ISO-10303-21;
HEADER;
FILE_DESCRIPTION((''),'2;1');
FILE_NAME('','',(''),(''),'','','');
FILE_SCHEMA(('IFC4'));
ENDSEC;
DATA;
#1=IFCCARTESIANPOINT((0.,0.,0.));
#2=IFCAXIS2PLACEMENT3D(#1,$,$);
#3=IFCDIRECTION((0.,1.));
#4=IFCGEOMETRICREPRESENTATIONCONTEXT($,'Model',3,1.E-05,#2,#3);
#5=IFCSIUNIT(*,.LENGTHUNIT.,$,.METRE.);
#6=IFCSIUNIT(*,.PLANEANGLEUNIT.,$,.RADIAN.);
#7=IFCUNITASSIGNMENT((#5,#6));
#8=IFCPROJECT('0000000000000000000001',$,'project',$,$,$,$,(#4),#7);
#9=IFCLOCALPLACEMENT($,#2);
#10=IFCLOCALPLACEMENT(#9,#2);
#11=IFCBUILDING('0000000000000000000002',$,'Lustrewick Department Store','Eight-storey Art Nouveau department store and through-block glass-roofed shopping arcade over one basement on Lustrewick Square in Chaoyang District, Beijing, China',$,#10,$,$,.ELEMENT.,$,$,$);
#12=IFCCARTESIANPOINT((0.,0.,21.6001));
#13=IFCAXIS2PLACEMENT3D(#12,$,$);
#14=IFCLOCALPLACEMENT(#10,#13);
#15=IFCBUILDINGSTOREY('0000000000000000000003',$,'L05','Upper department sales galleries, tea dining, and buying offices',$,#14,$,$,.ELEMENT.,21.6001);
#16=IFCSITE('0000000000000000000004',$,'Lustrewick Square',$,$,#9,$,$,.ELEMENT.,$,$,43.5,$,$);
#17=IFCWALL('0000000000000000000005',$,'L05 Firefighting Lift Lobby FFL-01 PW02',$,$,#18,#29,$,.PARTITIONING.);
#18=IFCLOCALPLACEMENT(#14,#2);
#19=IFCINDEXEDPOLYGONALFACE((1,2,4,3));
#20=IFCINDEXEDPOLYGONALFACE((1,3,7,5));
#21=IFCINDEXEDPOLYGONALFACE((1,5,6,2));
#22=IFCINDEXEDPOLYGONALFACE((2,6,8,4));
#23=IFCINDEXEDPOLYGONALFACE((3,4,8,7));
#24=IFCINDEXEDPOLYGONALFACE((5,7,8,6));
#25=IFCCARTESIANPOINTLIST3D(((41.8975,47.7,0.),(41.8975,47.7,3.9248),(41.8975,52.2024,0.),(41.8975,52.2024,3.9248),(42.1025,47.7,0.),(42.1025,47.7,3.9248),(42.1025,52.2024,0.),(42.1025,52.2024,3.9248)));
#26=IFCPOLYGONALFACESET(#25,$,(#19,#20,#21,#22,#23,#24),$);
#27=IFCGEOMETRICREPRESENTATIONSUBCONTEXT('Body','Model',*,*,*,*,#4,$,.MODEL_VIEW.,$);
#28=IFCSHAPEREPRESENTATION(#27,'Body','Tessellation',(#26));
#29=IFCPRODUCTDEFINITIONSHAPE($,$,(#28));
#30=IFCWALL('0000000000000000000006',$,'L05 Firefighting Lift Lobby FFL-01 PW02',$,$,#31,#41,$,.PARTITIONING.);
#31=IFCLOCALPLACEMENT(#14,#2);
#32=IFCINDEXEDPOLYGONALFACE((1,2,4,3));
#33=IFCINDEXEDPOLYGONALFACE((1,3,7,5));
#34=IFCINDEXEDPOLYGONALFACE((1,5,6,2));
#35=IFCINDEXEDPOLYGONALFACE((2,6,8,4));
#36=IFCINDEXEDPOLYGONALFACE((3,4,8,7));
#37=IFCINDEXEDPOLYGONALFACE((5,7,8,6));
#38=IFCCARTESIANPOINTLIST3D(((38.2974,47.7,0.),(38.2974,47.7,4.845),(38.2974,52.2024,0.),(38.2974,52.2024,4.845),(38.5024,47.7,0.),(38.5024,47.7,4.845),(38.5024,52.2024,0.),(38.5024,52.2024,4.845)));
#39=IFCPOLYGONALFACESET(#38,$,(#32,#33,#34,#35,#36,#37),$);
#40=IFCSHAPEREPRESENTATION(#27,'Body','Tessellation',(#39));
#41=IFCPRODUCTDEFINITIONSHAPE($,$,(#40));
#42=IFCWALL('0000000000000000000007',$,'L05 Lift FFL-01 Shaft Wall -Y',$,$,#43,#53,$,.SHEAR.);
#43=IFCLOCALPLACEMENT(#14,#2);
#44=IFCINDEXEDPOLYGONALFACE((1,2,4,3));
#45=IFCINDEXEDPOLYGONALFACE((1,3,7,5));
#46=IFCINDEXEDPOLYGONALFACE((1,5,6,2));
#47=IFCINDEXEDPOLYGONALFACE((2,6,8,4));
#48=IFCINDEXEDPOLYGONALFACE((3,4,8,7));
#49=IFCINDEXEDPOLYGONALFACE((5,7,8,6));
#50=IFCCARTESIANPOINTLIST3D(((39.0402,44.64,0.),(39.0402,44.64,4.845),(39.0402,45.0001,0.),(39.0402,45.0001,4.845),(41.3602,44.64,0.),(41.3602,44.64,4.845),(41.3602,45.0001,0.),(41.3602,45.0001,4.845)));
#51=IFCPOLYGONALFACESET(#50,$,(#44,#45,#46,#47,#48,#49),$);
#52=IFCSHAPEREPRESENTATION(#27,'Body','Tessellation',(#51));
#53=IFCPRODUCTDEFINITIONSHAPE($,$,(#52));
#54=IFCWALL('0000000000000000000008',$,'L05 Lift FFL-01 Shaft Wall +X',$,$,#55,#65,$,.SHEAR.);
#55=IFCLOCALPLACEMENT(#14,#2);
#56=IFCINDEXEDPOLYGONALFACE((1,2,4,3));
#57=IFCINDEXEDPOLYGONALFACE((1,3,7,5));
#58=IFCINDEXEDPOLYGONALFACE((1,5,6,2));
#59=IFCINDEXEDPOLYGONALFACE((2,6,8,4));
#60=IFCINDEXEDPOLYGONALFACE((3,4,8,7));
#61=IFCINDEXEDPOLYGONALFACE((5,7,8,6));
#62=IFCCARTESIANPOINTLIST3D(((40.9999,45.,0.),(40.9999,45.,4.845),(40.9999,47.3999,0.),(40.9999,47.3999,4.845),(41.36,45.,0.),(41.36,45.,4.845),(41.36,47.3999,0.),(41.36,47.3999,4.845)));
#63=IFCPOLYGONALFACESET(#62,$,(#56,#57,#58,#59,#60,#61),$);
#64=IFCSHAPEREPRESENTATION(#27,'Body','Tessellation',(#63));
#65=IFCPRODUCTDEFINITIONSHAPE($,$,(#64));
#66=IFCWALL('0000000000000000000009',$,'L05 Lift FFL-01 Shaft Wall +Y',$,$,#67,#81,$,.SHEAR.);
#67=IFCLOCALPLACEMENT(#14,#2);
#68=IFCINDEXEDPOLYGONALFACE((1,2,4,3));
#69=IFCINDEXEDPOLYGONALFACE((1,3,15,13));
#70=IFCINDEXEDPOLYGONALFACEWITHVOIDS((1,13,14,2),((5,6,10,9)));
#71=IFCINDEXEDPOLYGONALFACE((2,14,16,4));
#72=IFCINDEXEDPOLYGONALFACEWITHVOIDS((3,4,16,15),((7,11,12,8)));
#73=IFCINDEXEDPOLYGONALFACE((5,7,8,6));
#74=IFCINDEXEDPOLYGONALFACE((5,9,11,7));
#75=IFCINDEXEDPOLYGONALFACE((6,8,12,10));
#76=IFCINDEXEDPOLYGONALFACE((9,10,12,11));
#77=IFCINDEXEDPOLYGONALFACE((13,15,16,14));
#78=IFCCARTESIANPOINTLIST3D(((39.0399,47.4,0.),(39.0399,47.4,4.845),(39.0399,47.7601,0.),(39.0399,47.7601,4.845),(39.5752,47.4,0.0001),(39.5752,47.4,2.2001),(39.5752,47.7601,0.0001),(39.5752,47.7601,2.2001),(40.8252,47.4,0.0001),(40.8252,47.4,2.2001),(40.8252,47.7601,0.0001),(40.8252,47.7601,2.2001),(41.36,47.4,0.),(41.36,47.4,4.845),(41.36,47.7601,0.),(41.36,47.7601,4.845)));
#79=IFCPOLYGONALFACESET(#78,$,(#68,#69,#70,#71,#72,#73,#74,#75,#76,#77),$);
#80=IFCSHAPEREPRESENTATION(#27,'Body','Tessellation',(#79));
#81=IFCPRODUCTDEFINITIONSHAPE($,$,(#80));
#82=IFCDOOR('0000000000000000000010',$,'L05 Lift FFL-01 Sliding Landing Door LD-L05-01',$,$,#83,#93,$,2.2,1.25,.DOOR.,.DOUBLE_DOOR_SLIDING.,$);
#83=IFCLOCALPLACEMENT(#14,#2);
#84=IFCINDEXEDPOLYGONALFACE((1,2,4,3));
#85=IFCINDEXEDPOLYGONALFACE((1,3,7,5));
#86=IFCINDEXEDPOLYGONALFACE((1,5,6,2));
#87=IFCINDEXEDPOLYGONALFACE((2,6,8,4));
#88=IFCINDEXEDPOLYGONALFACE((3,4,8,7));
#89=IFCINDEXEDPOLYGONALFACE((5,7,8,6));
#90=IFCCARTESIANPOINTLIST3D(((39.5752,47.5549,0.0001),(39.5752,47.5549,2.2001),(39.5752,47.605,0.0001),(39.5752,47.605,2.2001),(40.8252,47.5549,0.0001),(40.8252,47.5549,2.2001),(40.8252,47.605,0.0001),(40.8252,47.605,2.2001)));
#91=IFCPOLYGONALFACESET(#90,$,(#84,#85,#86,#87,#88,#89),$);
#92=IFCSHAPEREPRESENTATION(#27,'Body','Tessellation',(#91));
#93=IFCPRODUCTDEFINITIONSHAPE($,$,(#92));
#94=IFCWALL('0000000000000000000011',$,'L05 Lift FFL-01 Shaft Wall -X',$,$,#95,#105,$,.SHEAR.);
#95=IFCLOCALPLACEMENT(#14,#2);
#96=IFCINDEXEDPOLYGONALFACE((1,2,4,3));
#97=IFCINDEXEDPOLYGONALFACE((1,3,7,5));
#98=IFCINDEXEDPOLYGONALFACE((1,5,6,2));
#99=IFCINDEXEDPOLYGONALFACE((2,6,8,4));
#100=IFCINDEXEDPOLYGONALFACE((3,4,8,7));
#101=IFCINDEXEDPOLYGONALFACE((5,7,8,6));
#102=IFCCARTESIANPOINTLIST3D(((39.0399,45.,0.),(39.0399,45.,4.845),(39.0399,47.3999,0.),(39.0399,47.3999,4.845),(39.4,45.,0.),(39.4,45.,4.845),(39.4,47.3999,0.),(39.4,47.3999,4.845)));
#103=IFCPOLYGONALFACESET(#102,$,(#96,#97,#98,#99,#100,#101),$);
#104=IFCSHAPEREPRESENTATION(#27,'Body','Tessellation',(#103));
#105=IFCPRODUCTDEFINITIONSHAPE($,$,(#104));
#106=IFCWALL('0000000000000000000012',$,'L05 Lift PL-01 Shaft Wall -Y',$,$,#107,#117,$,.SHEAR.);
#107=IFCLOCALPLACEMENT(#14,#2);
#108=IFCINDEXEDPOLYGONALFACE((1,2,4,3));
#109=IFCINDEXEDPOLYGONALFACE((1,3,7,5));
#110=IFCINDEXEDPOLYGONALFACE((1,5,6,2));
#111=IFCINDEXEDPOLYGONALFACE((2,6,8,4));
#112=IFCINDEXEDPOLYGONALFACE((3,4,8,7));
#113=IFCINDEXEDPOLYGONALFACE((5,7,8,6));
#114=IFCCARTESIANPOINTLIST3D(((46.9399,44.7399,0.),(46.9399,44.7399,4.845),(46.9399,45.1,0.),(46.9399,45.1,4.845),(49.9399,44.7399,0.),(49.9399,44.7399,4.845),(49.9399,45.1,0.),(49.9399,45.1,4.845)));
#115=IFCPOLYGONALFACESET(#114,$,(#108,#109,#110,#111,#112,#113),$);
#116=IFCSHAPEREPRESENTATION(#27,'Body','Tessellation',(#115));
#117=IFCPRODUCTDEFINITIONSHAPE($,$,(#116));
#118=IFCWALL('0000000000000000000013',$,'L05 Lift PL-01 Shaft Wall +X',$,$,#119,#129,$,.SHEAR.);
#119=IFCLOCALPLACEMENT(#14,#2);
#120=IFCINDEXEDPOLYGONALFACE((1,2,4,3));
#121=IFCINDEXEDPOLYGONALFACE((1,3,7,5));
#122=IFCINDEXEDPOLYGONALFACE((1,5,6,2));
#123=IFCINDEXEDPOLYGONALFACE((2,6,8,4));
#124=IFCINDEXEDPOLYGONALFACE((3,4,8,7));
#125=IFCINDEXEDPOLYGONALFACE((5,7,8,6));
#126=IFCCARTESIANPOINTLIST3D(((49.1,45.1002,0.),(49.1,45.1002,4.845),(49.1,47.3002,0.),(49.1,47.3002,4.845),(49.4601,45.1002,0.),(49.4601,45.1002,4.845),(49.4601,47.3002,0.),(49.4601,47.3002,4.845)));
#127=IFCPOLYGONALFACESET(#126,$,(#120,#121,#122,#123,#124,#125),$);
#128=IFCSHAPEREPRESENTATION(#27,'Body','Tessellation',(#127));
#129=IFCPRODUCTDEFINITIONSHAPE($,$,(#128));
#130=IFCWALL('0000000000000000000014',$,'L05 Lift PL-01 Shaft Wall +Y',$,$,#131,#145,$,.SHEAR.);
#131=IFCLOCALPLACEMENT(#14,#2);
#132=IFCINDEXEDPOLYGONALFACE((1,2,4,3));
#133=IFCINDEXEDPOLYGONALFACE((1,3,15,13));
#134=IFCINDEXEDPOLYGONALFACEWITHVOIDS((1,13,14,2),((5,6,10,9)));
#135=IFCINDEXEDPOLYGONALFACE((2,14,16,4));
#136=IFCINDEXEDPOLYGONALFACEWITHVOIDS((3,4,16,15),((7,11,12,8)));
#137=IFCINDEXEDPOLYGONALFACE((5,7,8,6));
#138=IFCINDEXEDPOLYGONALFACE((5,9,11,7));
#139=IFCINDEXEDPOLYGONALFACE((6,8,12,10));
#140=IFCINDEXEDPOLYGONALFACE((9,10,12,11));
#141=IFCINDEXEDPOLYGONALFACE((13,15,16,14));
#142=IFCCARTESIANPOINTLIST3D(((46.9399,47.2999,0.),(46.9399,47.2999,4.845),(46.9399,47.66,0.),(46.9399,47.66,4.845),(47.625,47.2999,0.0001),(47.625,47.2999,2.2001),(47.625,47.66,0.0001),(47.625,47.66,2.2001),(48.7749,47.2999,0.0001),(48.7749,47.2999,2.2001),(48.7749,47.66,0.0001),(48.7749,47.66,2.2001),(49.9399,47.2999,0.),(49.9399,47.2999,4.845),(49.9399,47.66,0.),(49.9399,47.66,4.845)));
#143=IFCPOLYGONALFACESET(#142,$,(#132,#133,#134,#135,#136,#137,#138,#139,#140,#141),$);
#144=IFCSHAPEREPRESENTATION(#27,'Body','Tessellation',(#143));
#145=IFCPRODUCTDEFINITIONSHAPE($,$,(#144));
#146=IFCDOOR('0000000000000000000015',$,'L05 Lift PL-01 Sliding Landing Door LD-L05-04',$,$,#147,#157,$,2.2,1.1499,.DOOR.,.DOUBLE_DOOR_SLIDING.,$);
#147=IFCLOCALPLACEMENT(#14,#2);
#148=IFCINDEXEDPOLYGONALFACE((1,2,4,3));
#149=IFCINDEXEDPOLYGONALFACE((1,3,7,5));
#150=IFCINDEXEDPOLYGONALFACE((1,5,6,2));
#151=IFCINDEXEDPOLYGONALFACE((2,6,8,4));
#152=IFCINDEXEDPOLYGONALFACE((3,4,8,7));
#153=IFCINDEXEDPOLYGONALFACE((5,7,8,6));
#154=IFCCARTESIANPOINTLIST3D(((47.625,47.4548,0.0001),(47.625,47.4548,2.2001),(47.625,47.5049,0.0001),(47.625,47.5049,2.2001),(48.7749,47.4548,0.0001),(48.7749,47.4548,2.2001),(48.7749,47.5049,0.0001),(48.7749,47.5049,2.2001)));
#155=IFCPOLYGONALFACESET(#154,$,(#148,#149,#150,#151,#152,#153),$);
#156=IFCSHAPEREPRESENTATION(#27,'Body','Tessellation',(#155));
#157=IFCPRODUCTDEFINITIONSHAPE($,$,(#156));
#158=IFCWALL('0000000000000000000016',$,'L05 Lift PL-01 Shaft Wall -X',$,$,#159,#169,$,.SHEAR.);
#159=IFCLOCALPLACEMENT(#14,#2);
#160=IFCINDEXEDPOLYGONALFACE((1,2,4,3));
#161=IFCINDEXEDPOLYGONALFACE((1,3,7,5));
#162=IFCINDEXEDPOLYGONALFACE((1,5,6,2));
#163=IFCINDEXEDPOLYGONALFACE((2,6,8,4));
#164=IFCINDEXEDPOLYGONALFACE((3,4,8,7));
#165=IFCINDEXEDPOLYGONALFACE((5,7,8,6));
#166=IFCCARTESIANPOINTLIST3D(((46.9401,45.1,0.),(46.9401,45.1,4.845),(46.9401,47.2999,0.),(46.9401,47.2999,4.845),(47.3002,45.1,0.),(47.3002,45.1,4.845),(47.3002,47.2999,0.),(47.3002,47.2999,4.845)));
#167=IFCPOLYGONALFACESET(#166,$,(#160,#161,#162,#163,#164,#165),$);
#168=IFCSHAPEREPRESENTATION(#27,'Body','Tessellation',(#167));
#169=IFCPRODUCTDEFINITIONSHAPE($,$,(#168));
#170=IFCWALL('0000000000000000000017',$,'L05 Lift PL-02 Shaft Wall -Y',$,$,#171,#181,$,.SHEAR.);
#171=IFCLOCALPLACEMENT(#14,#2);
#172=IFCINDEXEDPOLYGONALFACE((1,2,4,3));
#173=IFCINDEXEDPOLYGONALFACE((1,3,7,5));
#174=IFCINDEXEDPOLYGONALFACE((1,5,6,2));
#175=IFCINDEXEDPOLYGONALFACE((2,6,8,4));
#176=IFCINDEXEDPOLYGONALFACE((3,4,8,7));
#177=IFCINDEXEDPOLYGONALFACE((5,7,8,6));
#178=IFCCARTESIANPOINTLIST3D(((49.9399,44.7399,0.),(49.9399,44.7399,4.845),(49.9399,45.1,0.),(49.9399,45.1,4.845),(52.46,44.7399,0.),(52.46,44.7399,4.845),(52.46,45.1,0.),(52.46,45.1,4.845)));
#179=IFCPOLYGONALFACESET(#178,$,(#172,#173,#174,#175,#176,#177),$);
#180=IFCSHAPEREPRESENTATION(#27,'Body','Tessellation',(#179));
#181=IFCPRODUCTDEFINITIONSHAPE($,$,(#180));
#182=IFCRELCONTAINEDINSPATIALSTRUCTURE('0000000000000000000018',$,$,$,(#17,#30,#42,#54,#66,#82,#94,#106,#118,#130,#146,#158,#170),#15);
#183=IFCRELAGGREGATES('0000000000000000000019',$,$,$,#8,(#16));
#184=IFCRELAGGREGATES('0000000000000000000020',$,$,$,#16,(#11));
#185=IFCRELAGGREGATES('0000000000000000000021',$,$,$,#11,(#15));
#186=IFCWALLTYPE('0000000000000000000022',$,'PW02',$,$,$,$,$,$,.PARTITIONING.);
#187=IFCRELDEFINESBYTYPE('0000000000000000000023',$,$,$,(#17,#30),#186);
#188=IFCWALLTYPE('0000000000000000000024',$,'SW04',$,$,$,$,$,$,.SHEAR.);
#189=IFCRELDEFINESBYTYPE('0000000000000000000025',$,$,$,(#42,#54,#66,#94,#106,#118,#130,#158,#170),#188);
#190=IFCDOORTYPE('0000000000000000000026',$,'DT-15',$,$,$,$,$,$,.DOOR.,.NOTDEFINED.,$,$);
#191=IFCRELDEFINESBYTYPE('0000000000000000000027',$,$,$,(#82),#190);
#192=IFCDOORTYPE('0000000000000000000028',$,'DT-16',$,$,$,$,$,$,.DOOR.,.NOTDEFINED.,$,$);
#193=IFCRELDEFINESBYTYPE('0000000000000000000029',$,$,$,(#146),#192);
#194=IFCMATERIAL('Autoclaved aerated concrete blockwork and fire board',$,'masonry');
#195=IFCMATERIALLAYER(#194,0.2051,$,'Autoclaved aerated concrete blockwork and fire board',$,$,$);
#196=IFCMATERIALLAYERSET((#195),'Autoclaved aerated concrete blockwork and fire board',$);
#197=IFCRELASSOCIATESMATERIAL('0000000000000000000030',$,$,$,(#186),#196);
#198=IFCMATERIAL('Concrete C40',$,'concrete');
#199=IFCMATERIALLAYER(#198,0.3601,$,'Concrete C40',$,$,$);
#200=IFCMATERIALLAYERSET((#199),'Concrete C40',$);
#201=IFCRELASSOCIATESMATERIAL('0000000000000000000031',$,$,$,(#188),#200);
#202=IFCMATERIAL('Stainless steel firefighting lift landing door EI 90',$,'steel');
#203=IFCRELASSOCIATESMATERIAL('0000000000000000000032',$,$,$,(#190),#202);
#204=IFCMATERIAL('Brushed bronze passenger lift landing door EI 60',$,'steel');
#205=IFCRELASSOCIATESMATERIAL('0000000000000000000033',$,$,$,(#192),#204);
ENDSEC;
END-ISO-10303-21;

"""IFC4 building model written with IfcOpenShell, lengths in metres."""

from ifc_helpers import new_model, si_unit, direction, frame, frame_2d, origin, place, context, subcontext, project, spatial, rectangle, extrude, material, layer, layer_set, type_object, element, fill, save


model = new_model("IFC4")

# Units and contexts
model_context = context("Model", 3, precision=1e-05, world=origin(), true_north=direction((0.0, 1.0)))
body_context = subcontext(model_context, "Body", "Model", "MODEL_VIEW")
ifc_project = project(units=[si_unit("LENGTHUNIT", "METRE"), si_unit("PLANEANGLEUNIT", "RADIAN")], contexts=[model_context])

# Site, building, storey
site_placement = place(None, origin())
site = spatial("IfcSite", under=ifc_project, at=site_placement, Name="Lustrewick Square", CompositionType="ELEMENT", RefElevation=43.5)
building_placement = place(site_placement, origin())
building = spatial("IfcBuilding", under=site, at=building_placement, Name="Lustrewick Department Store", Description="Eight-storey Art Nouveau department store and through-block glass-roofed shopping arcade over one basement on Lustrewick Square in Chaoyang District, Beijing, China", CompositionType="ELEMENT")
storey_placement = place(building_placement, frame((0.0, 0.0, 21.6001)))
storey = spatial("IfcBuildingStorey", under=building, at=storey_placement, Name="L05", Description="Upper department sales galleries, tea dining, and buying offices", CompositionType="ELEMENT", Elevation=21.6001)

# Shared definitions
ifc_material_1 = material(Name="Autoclaved aerated concrete blockwork and fire board", Category="masonry")
ifc_layer_1 = layer(ifc_material_1, 0.2051, Name="Autoclaved aerated concrete blockwork and fire board")
ifc_layer_set_1 = layer_set([ifc_layer_1], Name="Autoclaved aerated concrete blockwork and fire board")
wall_type_1 = type_object("IfcWallType", Name="PW02", PredefinedType="PARTITIONING", material=ifc_layer_set_1)

# Walls
wall_1_placement = place(storey_placement, frame((42.0, 47.7, 0.0), z_axis=(0.0, 0.0, 1.0), x_axis=(0.0, 1.0, 0.0)))
element("IfcWall", 1, at=wall_1_placement, inside=storey, type_object=wall_type_1, Name="L05 Firefighting Lift Lobby FFL-01 PW02", PredefinedType="PARTITIONING", context=body_context, shape_type="SweptSolid", body=[
    extrude(rectangle(XDim=4.5024, YDim=0.2051, at=frame_2d((2.2512, 0.0))), origin(), (0.0, 0.0, 1.0), 3.9248),
])
wall_2_placement = place(storey_placement, frame((38.3999, 52.2024, 0.0), z_axis=(0.0, 0.0, 1.0), x_axis=(0.0, -1.0, 0.0)))
element("IfcWall", 2, at=wall_2_placement, inside=storey, type_object=wall_type_1, Name="L05 Firefighting Lift Lobby FFL-01 PW02", PredefinedType="PARTITIONING", context=body_context, shape_type="SweptSolid", body=[
    extrude(rectangle(XDim=4.5024, YDim=0.2051, at=frame_2d((2.2512, 0.0))), origin(), (0.0, 0.0, 1.0), 4.845),
])
ifc_material_2 = material(Name="Concrete C40", Category="concrete")
ifc_layer_2 = layer(ifc_material_2, 0.3601, Name="Concrete C40")
ifc_layer_set_2 = layer_set([ifc_layer_2], Name="Concrete C40")
wall_type_2 = type_object("IfcWallType", Name="SW04", PredefinedType="SHEAR", material=ifc_layer_set_2)
wall_3_placement = place(storey_placement, frame((39.04, 44.8201, 0.0), z_axis=(0.0, 0.0, 1.0), x_axis=(1.0, 0.0, 0.0)))
element("IfcWall", 3, at=wall_3_placement, inside=storey, type_object=wall_type_2, Name="L05 Lift FFL-01 Shaft Wall -Y", PredefinedType="SHEAR", context=body_context, shape_type="SweptSolid", body=[
    extrude(rectangle(XDim=2.3201, YDim=0.3601, at=frame_2d((1.1602, 0.0))), origin(), (0.0, 0.0, 1.0), 4.845),
])
wall_4_placement = place(storey_placement, frame((41.1799, 45.0, 0.0), z_axis=(0.0, 0.0, 1.0), x_axis=(0.0, 1.0, 0.0)))
element("IfcWall", 4, at=wall_4_placement, inside=storey, type_object=wall_type_2, Name="L05 Lift FFL-01 Shaft Wall +X", PredefinedType="SHEAR", context=body_context, shape_type="SweptSolid", body=[
    extrude(rectangle(XDim=2.3999, YDim=0.3601, at=frame_2d((1.2, 0.0))), origin(), (0.0, 0.0, 1.0), 4.845),
])

# Wall, opening, door
wall_5_placement = place(storey_placement, frame((41.3601, 47.5801, 0.0), z_axis=(0.0, 0.0, 1.0), x_axis=(-1.0, 0.0, 0.0)))
wall_5 = element("IfcWall", 5, at=wall_5_placement, inside=storey, type_object=wall_type_2, Name="L05 Lift FFL-01 Shaft Wall +Y", PredefinedType="SHEAR", context=body_context, shape_type="SweptSolid", body=[
    extrude(rectangle(XDim=2.3201, YDim=0.3601, at=frame_2d((1.1602, 0.0))), origin(), (0.0, 0.0, 1.0), 4.845),
])
opening_1_placement = place(wall_5_placement, frame((0.5349, 0.0, 0.0)))
opening_1 = element("IfcOpeningElement", 6, at=opening_1_placement, cuts=wall_5, PredefinedType="OPENING", context=body_context, shape_type="SweptSolid", body=[
    extrude(rectangle(XDim=1.25, YDim=2.2, at=frame_2d((0.625, 1.1001))), frame((0.0, 0.1899, 0.0), z_axis=(0.0, -1.0, 0.0), x_axis=(1.0, 0.0, 0.0)), (0.0, 0.0, 1.0), 0.3801),
])
ifc_material_3 = material(Name="Stainless steel firefighting lift landing door EI 90", Category="steel")
door_type_1 = type_object("IfcDoorType", Name="DT-15", OperationType="NOTDEFINED", PredefinedType="DOOR", material=ifc_material_3)
door_1_placement = place(opening_1_placement, frame((1.25, 0.0, 0.0), z_axis=(0.0, 0.0, 1.0), x_axis=(-1.0, 0.0, 0.0)))
door_1 = element("IfcDoor", 7, at=door_1_placement, inside=storey, type_object=door_type_1, Name="L05 Lift FFL-01 Sliding Landing Door LD-L05-01", OperationType="DOUBLE_DOOR_SLIDING", OverallHeight=2.2, OverallWidth=1.25, PredefinedType="DOOR", context=body_context, shape_type="SweptSolid", body=[
    extrude(rectangle(XDim=1.25, YDim=2.2, at=frame_2d((0.625, 1.1001))), frame((0.0, 0.0249, 0.0), z_axis=(0.0, -1.0, 0.0), x_axis=(1.0, 0.0, 0.0)), (0.0, 0.0, 1.0), 0.05),
])
fill(opening_1, door_1)

# Walls
wall_6_placement = place(storey_placement, frame((39.22, 47.3999, 0.0), z_axis=(0.0, 0.0, 1.0), x_axis=(0.0, -1.0, 0.0)))
element("IfcWall", 8, at=wall_6_placement, inside=storey, type_object=wall_type_2, Name="L05 Lift FFL-01 Shaft Wall -X", PredefinedType="SHEAR", context=body_context, shape_type="SweptSolid", body=[
    extrude(rectangle(XDim=2.3999, YDim=0.3601, at=frame_2d((1.2, 0.0))), origin(), (0.0, 0.0, 1.0), 4.845),
])
wall_7_placement = place(storey_placement, frame((46.9399, 44.9199, 0.0), z_axis=(0.0, 0.0, 1.0), x_axis=(1.0, 0.0, 0.0)))
element("IfcWall", 9, at=wall_7_placement, inside=storey, type_object=wall_type_2, Name="L05 Lift PL-01 Shaft Wall -Y", PredefinedType="SHEAR", context=body_context, shape_type="SweptSolid", body=[
    extrude(rectangle(XDim=3.0, YDim=0.3601, at=frame_2d((1.5, 0.0))), origin(), (0.0, 0.0, 1.0), 4.845),
])
wall_8_placement = place(storey_placement, frame((49.28, 45.1001, 0.0), z_axis=(0.0, 0.0, 1.0), x_axis=(0.0, 1.0, 0.0)))
element("IfcWall", 10, at=wall_8_placement, inside=storey, type_object=wall_type_2, Name="L05 Lift PL-01 Shaft Wall +X", PredefinedType="SHEAR", context=body_context, shape_type="SweptSolid", body=[
    extrude(rectangle(XDim=2.2, YDim=0.3601, at=frame_2d((1.1001, 0.0))), origin(), (0.0, 0.0, 1.0), 4.845),
])

# Wall, opening, door
wall_9_placement = place(storey_placement, frame((49.9399, 47.48, 0.0), z_axis=(0.0, 0.0, 1.0), x_axis=(-1.0, 0.0, 0.0)))
wall_9 = element("IfcWall", 11, at=wall_9_placement, inside=storey, type_object=wall_type_2, Name="L05 Lift PL-01 Shaft Wall +Y", PredefinedType="SHEAR", context=body_context, shape_type="SweptSolid", body=[
    extrude(rectangle(XDim=3.0, YDim=0.3601, at=frame_2d((1.5, 0.0))), origin(), (0.0, 0.0, 1.0), 4.845),
])
opening_2_placement = place(wall_9_placement, frame((1.165, 0.0, 0.0)))
opening_2 = element("IfcOpeningElement", 12, at=opening_2_placement, cuts=wall_9, PredefinedType="OPENING", context=body_context, shape_type="SweptSolid", body=[
    extrude(rectangle(XDim=1.1499, YDim=2.2, at=frame_2d((0.575, 1.1001))), frame((0.0, 0.1899, 0.0), z_axis=(0.0, -1.0, 0.0), x_axis=(1.0, 0.0, 0.0)), (0.0, 0.0, 1.0), 0.3801),
])
ifc_material_4 = material(Name="Brushed bronze passenger lift landing door EI 60", Category="steel")
door_type_2 = type_object("IfcDoorType", Name="DT-16", OperationType="NOTDEFINED", PredefinedType="DOOR", material=ifc_material_4)
door_2_placement = place(opening_2_placement, frame((1.1499, 0.0, 0.0), z_axis=(0.0, 0.0, 1.0), x_axis=(-1.0, 0.0, 0.0)))
door_2 = element("IfcDoor", 13, at=door_2_placement, inside=storey, type_object=door_type_2, Name="L05 Lift PL-01 Sliding Landing Door LD-L05-04", OperationType="DOUBLE_DOOR_SLIDING", OverallHeight=2.2, OverallWidth=1.1499, PredefinedType="DOOR", context=body_context, shape_type="SweptSolid", body=[
    extrude(rectangle(XDim=1.1499, YDim=2.2, at=frame_2d((0.575, 1.1001))), frame((0.0, 0.0249, 0.0), z_axis=(0.0, -1.0, 0.0), x_axis=(1.0, 0.0, 0.0)), (0.0, 0.0, 1.0), 0.05),
])
fill(opening_2, door_2)

# Walls
wall_10_placement = place(storey_placement, frame((47.1201, 47.3, 0.0), z_axis=(0.0, 0.0, 1.0), x_axis=(0.0, -1.0, 0.0)))
element("IfcWall", 14, at=wall_10_placement, inside=storey, type_object=wall_type_2, Name="L05 Lift PL-01 Shaft Wall -X", PredefinedType="SHEAR", context=body_context, shape_type="SweptSolid", body=[
    extrude(rectangle(XDim=2.2, YDim=0.3601, at=frame_2d((1.1001, 0.0))), origin(), (0.0, 0.0, 1.0), 4.845),
])
wall_11_placement = place(storey_placement, frame((49.9399, 44.9199, 0.0), z_axis=(0.0, 0.0, 1.0), x_axis=(1.0, 0.0, 0.0)))
element("IfcWall", 15, at=wall_11_placement, inside=storey, type_object=wall_type_2, Name="L05 Lift PL-02 Shaft Wall -Y", PredefinedType="SHEAR", context=body_context, shape_type="SweptSolid", body=[
    extrude(rectangle(XDim=2.52, YDim=0.3601, at=frame_2d((1.26, 0.0))), origin(), (0.0, 0.0, 1.0), 4.845),
])

save(model, "model.ifc")
